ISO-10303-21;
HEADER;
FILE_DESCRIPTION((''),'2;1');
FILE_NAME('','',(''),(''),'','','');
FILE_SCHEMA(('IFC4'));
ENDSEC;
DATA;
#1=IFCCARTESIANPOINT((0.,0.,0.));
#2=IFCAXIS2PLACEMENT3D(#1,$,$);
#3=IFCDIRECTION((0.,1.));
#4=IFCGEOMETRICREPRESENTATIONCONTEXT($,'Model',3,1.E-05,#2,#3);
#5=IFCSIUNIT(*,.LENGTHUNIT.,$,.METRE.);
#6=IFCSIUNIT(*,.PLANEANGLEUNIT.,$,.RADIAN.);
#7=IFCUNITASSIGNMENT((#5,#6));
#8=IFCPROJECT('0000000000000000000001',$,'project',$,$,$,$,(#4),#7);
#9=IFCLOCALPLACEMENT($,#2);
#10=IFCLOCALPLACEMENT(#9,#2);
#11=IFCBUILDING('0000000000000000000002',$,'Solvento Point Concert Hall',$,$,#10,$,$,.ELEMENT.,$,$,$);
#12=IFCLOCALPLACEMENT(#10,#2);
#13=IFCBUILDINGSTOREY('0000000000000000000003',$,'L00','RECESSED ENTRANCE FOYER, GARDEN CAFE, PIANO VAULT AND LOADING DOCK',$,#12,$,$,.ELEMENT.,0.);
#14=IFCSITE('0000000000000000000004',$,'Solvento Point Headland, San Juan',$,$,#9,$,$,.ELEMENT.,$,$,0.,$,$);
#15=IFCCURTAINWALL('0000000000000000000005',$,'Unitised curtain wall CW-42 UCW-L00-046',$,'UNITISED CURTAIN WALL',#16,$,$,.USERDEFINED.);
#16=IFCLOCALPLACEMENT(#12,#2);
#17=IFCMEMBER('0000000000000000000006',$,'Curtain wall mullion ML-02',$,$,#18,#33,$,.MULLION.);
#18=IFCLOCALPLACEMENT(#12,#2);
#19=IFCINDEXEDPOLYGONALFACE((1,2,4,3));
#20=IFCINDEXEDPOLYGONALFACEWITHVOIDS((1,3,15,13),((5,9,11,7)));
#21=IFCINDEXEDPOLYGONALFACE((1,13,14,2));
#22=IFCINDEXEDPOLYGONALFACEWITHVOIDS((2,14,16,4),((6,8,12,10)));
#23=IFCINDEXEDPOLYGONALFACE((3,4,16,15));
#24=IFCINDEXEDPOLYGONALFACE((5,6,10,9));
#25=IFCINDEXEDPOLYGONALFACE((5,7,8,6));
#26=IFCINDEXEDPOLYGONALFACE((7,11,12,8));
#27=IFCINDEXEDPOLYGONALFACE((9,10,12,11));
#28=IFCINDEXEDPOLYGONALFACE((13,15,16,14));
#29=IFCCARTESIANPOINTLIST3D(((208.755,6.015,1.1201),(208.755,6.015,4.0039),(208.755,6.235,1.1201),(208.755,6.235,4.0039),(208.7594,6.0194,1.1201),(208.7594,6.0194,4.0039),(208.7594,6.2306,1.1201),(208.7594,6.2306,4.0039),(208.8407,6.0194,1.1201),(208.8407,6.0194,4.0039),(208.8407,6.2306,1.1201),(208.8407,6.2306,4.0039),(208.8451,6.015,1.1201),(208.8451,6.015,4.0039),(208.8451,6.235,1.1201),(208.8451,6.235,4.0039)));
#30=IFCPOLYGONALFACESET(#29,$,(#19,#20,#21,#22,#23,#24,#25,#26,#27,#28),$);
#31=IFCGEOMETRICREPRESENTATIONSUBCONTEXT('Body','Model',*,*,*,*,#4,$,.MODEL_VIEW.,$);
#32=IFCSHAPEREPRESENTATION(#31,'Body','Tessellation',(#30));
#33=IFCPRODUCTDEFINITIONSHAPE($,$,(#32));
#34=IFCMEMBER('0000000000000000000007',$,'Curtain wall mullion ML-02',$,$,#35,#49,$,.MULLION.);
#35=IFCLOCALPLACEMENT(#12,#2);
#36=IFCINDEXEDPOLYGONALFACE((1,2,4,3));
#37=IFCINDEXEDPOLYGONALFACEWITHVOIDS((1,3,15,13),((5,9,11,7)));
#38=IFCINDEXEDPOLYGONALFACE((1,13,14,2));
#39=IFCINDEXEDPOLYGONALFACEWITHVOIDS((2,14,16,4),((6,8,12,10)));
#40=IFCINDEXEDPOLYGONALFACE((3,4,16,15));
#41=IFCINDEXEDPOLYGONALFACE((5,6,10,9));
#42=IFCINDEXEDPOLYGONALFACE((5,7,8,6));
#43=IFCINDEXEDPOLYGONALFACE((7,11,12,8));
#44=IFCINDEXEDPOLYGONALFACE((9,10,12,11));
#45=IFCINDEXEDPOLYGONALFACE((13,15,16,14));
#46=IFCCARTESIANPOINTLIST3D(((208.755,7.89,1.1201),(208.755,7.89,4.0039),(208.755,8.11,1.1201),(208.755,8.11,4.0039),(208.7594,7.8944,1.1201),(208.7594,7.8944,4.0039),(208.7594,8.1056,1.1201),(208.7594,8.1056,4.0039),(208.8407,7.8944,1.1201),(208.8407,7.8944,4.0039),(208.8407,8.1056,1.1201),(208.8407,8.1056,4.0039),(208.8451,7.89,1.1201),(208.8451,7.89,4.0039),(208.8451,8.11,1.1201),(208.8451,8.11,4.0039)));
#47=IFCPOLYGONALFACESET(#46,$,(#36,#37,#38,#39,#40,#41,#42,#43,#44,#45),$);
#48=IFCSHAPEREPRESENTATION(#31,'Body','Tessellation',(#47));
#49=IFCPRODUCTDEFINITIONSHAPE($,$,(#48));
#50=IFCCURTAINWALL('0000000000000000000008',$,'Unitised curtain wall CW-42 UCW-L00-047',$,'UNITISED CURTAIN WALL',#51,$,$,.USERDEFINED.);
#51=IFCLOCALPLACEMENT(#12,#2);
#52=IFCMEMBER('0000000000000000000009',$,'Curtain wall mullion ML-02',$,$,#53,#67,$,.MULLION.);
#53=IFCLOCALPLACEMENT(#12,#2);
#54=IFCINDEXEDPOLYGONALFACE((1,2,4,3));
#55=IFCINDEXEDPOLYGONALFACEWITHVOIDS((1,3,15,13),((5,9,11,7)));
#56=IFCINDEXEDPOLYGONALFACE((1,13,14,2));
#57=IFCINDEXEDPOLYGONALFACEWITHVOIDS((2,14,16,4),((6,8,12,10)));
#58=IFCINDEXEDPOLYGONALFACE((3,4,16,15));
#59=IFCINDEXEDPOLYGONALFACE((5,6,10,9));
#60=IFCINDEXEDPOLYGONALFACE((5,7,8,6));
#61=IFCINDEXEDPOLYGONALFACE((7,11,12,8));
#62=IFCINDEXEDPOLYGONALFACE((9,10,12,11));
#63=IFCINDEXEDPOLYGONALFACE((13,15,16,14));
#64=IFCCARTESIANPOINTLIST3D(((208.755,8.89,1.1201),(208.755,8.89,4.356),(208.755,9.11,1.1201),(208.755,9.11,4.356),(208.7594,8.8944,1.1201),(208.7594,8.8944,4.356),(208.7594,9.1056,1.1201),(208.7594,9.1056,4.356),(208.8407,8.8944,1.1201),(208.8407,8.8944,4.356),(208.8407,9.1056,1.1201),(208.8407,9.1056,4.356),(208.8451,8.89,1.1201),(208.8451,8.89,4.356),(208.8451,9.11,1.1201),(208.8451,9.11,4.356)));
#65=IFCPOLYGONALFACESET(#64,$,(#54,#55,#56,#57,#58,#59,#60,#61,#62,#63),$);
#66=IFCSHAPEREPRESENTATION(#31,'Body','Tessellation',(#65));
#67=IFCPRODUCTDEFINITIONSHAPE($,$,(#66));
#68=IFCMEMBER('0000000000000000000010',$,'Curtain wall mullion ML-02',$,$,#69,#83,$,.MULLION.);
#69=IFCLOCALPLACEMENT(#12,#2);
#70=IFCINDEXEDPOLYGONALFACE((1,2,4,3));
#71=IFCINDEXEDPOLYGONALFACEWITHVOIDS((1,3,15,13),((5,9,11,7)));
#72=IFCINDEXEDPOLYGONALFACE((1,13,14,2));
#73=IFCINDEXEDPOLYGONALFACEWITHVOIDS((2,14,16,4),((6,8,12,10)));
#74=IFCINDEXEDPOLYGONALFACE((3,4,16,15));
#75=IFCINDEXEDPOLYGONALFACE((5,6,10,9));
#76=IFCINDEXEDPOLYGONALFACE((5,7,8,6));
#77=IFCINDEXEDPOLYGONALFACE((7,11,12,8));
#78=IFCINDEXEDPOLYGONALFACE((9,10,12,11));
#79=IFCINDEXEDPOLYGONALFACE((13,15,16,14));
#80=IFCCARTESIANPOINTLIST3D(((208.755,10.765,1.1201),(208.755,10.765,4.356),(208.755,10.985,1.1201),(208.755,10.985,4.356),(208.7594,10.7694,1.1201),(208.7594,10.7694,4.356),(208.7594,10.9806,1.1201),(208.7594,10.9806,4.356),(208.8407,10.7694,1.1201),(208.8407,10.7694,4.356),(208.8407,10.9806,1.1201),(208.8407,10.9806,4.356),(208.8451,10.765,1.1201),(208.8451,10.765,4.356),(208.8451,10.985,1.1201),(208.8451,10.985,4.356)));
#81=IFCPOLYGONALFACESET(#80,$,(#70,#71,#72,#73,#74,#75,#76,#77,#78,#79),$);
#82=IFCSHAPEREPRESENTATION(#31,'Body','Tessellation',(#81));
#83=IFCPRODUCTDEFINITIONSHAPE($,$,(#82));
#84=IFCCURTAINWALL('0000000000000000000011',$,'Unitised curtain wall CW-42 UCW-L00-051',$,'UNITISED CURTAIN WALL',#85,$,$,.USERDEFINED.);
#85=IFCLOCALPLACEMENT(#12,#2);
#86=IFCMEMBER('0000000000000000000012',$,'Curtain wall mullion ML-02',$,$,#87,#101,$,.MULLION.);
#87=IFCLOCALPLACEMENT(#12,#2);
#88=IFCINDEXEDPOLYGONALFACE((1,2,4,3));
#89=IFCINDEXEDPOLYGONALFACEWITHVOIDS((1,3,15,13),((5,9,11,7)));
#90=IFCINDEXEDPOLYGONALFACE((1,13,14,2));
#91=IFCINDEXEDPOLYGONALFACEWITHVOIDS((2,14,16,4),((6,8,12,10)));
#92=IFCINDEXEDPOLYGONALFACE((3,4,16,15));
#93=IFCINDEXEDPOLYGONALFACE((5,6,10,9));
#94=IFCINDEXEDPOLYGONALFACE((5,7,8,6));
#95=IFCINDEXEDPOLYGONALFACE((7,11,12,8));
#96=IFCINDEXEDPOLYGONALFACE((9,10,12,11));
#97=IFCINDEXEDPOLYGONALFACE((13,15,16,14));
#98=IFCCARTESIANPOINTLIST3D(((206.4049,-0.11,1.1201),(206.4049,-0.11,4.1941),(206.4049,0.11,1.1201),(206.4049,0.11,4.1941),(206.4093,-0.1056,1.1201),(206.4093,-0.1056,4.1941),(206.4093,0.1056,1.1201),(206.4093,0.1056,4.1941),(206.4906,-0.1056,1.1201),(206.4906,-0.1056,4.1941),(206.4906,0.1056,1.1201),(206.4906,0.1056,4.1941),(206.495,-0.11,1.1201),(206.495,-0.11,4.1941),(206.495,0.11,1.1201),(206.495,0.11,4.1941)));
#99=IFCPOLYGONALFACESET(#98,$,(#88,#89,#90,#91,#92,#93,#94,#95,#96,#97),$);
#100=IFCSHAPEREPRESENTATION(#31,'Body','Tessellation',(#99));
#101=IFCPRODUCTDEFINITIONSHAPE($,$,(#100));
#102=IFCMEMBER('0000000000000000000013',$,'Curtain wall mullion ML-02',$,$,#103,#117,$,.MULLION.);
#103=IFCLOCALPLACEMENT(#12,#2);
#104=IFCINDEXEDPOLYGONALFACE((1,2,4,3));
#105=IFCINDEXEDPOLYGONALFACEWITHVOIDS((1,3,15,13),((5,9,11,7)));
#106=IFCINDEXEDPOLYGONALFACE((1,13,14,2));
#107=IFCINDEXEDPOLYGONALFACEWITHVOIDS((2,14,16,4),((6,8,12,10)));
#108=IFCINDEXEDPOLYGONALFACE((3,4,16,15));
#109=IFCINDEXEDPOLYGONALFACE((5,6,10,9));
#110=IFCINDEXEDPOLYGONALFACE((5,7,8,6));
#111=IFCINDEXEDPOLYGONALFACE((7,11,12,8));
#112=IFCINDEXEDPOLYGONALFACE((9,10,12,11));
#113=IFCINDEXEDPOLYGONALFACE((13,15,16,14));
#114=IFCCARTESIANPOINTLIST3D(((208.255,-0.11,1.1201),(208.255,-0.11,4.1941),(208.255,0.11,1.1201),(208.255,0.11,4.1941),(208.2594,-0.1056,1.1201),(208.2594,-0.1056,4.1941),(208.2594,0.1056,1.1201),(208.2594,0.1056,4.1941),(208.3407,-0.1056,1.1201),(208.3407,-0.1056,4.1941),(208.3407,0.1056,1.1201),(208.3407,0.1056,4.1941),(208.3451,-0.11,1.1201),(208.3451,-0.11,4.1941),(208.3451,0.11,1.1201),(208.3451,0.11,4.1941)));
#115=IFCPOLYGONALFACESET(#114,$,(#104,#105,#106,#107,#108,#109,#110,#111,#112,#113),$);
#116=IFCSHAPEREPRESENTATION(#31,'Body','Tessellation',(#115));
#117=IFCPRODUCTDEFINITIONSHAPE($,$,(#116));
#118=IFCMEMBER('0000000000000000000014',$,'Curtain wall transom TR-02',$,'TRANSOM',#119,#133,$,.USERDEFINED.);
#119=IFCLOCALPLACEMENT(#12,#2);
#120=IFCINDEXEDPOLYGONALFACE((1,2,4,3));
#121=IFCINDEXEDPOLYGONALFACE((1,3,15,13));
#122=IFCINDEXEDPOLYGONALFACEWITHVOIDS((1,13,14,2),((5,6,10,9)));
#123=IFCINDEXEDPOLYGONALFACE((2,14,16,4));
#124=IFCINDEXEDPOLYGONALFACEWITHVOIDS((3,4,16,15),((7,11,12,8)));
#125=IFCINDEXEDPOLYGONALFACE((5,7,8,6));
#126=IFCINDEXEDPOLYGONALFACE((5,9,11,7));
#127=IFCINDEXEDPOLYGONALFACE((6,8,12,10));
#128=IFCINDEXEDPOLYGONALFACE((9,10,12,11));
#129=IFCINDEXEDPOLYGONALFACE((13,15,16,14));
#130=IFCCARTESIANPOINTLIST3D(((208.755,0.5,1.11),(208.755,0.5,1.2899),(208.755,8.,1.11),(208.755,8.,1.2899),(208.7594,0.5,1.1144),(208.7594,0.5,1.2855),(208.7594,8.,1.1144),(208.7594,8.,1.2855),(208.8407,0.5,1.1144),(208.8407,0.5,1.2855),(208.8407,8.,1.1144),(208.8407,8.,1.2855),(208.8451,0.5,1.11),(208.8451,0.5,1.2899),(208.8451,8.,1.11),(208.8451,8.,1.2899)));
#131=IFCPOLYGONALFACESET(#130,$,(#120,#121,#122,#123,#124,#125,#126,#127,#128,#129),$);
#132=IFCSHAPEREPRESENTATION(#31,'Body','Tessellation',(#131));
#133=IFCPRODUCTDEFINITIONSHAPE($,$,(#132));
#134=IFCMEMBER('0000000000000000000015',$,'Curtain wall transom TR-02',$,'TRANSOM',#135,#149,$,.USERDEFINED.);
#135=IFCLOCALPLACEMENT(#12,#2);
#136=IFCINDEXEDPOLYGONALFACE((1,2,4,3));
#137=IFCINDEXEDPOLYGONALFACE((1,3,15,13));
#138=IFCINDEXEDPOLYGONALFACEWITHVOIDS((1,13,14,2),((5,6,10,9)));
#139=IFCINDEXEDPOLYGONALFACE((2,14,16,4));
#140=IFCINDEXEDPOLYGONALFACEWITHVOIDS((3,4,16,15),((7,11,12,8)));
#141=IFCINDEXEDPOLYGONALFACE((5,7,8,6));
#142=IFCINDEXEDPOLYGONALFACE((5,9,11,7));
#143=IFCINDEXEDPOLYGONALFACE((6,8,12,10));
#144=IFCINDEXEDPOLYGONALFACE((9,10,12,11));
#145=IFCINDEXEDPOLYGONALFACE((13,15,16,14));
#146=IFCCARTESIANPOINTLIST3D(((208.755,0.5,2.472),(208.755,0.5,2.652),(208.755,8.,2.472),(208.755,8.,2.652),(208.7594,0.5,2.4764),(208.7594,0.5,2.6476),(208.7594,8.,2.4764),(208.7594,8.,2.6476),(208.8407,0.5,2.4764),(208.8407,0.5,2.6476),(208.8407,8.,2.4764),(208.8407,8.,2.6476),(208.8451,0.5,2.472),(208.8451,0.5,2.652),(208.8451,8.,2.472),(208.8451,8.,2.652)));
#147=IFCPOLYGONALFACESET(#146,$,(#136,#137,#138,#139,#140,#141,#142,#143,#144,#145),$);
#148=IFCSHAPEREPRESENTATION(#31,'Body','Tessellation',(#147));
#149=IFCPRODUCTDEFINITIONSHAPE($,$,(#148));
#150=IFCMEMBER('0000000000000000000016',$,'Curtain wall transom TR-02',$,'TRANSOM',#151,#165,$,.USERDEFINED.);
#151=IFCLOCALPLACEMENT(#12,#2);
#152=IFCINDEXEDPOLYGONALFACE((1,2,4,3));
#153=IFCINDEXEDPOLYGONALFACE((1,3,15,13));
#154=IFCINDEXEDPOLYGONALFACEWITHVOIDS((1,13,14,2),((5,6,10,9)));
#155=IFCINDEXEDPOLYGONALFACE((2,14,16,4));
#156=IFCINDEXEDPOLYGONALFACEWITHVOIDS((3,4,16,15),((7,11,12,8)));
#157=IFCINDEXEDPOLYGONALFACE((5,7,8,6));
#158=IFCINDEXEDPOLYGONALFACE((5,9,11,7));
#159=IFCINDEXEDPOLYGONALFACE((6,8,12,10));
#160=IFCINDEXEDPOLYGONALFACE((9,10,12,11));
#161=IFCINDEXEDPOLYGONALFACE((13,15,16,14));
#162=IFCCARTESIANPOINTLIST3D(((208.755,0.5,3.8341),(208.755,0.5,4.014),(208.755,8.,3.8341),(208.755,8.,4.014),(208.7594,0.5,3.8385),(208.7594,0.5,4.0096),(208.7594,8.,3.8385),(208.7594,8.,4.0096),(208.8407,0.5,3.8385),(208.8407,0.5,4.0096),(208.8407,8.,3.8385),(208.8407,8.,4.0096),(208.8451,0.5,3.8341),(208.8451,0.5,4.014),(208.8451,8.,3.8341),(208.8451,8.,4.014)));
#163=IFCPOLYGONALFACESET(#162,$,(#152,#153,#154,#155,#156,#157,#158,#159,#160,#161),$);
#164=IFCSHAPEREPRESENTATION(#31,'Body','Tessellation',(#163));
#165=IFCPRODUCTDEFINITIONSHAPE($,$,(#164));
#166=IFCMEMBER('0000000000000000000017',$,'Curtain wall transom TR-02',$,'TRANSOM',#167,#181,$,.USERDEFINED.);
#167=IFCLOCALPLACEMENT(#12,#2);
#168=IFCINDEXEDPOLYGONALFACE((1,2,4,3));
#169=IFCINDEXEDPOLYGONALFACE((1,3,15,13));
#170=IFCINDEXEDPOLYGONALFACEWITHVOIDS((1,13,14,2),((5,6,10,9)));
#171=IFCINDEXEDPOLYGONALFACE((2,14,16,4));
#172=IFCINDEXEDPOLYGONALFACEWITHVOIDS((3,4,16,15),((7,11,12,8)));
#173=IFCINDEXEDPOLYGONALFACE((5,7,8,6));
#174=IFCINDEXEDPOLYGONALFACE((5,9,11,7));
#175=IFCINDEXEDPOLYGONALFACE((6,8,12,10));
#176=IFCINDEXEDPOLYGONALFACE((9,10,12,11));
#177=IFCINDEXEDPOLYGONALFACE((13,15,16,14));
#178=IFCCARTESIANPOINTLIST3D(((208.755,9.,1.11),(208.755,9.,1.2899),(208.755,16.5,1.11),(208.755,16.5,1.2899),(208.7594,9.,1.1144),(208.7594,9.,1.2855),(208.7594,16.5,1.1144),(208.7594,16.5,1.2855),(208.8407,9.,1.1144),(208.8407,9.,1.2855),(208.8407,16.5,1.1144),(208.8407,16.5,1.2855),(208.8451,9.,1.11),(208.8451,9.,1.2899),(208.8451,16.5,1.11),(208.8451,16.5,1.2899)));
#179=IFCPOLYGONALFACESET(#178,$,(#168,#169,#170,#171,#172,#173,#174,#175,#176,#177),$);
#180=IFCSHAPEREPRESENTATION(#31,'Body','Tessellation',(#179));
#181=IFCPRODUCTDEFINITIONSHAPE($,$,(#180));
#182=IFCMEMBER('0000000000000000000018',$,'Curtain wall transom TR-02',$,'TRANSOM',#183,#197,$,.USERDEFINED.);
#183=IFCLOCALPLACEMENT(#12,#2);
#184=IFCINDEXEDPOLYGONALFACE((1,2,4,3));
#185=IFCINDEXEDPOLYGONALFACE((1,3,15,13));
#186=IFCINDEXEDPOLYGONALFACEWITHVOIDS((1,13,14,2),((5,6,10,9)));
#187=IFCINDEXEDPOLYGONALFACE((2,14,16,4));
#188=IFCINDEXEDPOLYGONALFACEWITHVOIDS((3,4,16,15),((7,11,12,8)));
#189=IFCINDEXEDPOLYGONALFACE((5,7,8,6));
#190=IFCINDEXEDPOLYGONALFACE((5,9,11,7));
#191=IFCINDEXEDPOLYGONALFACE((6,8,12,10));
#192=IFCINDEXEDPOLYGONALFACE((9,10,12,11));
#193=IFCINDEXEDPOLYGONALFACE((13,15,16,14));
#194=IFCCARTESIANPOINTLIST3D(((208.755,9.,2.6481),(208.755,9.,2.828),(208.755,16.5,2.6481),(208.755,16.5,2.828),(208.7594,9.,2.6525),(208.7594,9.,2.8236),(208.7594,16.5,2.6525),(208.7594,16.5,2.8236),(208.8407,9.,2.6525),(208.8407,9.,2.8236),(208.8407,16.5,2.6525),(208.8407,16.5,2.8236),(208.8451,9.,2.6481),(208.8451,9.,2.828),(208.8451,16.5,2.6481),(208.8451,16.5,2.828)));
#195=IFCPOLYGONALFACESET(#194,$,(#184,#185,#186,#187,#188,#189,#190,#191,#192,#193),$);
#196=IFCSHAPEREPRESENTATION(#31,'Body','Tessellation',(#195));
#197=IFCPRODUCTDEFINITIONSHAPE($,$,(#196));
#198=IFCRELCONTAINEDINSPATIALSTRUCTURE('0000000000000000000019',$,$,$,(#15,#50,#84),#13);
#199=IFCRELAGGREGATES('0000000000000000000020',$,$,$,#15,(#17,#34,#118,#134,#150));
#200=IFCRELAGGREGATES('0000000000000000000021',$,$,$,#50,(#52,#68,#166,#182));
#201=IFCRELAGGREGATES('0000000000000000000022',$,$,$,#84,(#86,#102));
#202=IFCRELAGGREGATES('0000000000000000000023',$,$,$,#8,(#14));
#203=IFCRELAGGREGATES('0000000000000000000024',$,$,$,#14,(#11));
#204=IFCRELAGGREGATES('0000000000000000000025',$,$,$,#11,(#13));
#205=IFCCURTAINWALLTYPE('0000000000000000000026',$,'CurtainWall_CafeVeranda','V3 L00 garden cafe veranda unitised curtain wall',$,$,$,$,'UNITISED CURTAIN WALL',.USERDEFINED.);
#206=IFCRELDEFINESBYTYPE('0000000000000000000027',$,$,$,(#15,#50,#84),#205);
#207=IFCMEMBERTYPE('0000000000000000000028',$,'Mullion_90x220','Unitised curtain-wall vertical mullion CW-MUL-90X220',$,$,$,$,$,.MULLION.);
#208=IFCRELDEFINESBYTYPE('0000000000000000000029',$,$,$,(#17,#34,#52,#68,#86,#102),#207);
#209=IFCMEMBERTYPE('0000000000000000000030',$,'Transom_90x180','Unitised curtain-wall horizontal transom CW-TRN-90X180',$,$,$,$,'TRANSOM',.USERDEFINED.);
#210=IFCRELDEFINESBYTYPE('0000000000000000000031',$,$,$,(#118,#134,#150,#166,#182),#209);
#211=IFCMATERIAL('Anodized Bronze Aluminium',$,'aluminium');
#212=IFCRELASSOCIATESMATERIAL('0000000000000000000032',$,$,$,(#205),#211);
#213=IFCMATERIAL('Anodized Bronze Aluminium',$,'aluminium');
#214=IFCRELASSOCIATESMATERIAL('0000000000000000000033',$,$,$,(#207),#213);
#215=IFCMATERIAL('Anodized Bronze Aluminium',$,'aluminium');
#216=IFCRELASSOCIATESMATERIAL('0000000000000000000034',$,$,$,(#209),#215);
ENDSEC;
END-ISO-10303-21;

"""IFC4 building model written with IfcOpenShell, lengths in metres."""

from ifc_helpers import new_model, si_unit, direction, frame, origin, origin_2d, place, context, subcontext, project, spatial, hollow_rectangle, extrude, material, material_profile, profile_set, type_object, element, aggregate, save


model = new_model("IFC4")

# Units and contexts
model_context = context("Model", 3, precision=1e-05, world=origin(), true_north=direction((0.0, 1.0)))
body_context = subcontext(model_context, "Body", "Model", "MODEL_VIEW")
ifc_project = project(units=[si_unit("LENGTHUNIT", "METRE"), si_unit("PLANEANGLEUNIT", "RADIAN")], contexts=[model_context])

# Site, building, storey
site_placement = place(None, origin())
site = spatial("IfcSite", under=ifc_project, at=site_placement, Name="Solvento Point Headland, San Juan", CompositionType="ELEMENT", RefElevation=0.0)
building_placement = place(site_placement, origin())
building = spatial("IfcBuilding", under=site, at=building_placement, Name="Solvento Point Concert Hall", CompositionType="ELEMENT")
storey_placement = place(building_placement, origin())
storey = spatial("IfcBuildingStorey", under=building, at=storey_placement, Name="L00", Description="RECESSED ENTRANCE FOYER, GARDEN CAFE, PIANO VAULT AND LOADING DOCK", CompositionType="ELEMENT", Elevation=0.0)

# Curtain walls, members
ifc_material_1 = material(Name="Anodized Bronze Aluminium", Category="aluminium")
curtain_wall_type = type_object("IfcCurtainWallType", Name="CurtainWall_CafeVeranda", Description="V3 L00 garden cafe veranda unitised curtain wall", ElementType="UNITISED CURTAIN WALL", PredefinedType="USERDEFINED", material=ifc_material_1)
curtain_wall_1_placement = place(storey_placement, origin())
curtain_wall_1 = element("IfcCurtainWall", 1, at=curtain_wall_1_placement, inside=storey, type_object=curtain_wall_type, Name="Unitised curtain wall CW-42 UCW-L00-046", ObjectType="UNITISED CURTAIN WALL", PredefinedType="USERDEFINED")
ifc_material_2 = material(Name="Anodized Bronze Aluminium", Category="aluminium")
ifc_material_profile_1 = material_profile(ifc_material_2, hollow_rectangle(XDim=0.0901, YDim=0.22, WallThickness=0.0044, at=origin_2d()), Name="CW-MUL-90X220")
ifc_profile_set_1 = profile_set([ifc_material_profile_1], Name="Anodized Bronze Aluminium")
member_type_1 = type_object("IfcMemberType", Name="Mullion_90x220", Description="Unitised curtain-wall vertical mullion CW-MUL-90X220", PredefinedType="MULLION", material=ifc_profile_set_1)
member_1_placement = place(storey_placement, frame((208.8, 6.125, 1.1201), z_axis=(0.0, 0.0, 1.0), x_axis=(1.0, 0.0, 0.0)))
member_1 = element("IfcMember", 2, at=member_1_placement, type_object=member_type_1, Name="Curtain wall mullion ML-02", PredefinedType="MULLION", context=body_context, shape_type="SweptSolid", body=[
    extrude(hollow_rectangle(XDim=0.0901, YDim=0.22, WallThickness=0.0044, at=origin_2d()), origin(), (0.0, 0.0, 1.0), 2.8838),
])
member_2_placement = place(storey_placement, frame((208.8, 8.0, 1.1201), z_axis=(0.0, 0.0, 1.0), x_axis=(1.0, 0.0, 0.0)))
member_2 = element("IfcMember", 3, at=member_2_placement, type_object=member_type_1, Name="Curtain wall mullion ML-02", PredefinedType="MULLION", context=body_context, shape_type="SweptSolid", body=[
    extrude(hollow_rectangle(XDim=0.0901, YDim=0.22, WallThickness=0.0044, at=origin_2d()), origin(), (0.0, 0.0, 1.0), 2.8838),
])
curtain_wall_2_placement = place(storey_placement, origin())
curtain_wall_2 = element("IfcCurtainWall", 4, at=curtain_wall_2_placement, inside=storey, type_object=curtain_wall_type, Name="Unitised curtain wall CW-42 UCW-L00-047", ObjectType="UNITISED CURTAIN WALL", PredefinedType="USERDEFINED")
member_3_placement = place(storey_placement, frame((208.8, 9.0, 1.1201), z_axis=(0.0, 0.0, 1.0), x_axis=(1.0, 0.0, 0.0)))
member_3 = element("IfcMember", 5, at=member_3_placement, type_object=member_type_1, Name="Curtain wall mullion ML-02", PredefinedType="MULLION", context=body_context, shape_type="SweptSolid", body=[
    extrude(hollow_rectangle(XDim=0.0901, YDim=0.22, WallThickness=0.0044, at=origin_2d()), origin(), (0.0, 0.0, 1.0), 3.2358),
])
member_4_placement = place(storey_placement, frame((208.8, 10.875, 1.1201), z_axis=(0.0, 0.0, 1.0), x_axis=(1.0, 0.0, 0.0)))
member_4 = element("IfcMember", 6, at=member_4_placement, type_object=member_type_1, Name="Curtain wall mullion ML-02", PredefinedType="MULLION", context=body_context, shape_type="SweptSolid", body=[
    extrude(hollow_rectangle(XDim=0.0901, YDim=0.22, WallThickness=0.0044, at=origin_2d()), origin(), (0.0, 0.0, 1.0), 3.2358),
])
curtain_wall_3_placement = place(storey_placement, origin())
curtain_wall_3 = element("IfcCurtainWall", 7, at=curtain_wall_3_placement, inside=storey, type_object=curtain_wall_type, Name="Unitised curtain wall CW-42 UCW-L00-051", ObjectType="UNITISED CURTAIN WALL", PredefinedType="USERDEFINED")
member_5_placement = place(storey_placement, frame((206.45, 0.0, 1.1201), z_axis=(0.0, 0.0, 1.0), x_axis=(1.0, 0.0, 0.0)))
member_5 = element("IfcMember", 8, at=member_5_placement, type_object=member_type_1, Name="Curtain wall mullion ML-02", PredefinedType="MULLION", context=body_context, shape_type="SweptSolid", body=[
    extrude(hollow_rectangle(XDim=0.0901, YDim=0.22, WallThickness=0.0044, at=origin_2d()), origin(), (0.0, 0.0, 1.0), 3.074),
])
member_6_placement = place(storey_placement, frame((208.3, 0.0, 1.1201), z_axis=(0.0, 0.0, 1.0), x_axis=(1.0, 0.0, 0.0)))
member_6 = element("IfcMember", 9, at=member_6_placement, type_object=member_type_1, Name="Curtain wall mullion ML-02", PredefinedType="MULLION", context=body_context, shape_type="SweptSolid", body=[
    extrude(hollow_rectangle(XDim=0.0901, YDim=0.22, WallThickness=0.0044, at=origin_2d()), origin(), (0.0, 0.0, 1.0), 3.074),
])

# Members
ifc_material_3 = material(Name="Anodized Bronze Aluminium", Category="aluminium")
ifc_material_profile_2 = material_profile(ifc_material_3, hollow_rectangle(XDim=0.0901, YDim=0.1799, WallThickness=0.0044, at=origin_2d()), Name="CW-TRN-90X180")
ifc_profile_set_2 = profile_set([ifc_material_profile_2], Name="Anodized Bronze Aluminium")
member_type_2 = type_object("IfcMemberType", Name="Transom_90x180", Description="Unitised curtain-wall horizontal transom CW-TRN-90X180", ElementType="TRANSOM", PredefinedType="USERDEFINED", material=ifc_profile_set_2)
member_7_placement = place(storey_placement, frame((208.8, 0.5, 1.2), z_axis=(0.0, 1.0, 0.0), x_axis=(-1.0, 0.0, 0.0)))
member_7 = element("IfcMember", 10, at=member_7_placement, type_object=member_type_2, Name="Curtain wall transom TR-02", ObjectType="TRANSOM", PredefinedType="USERDEFINED", context=body_context, shape_type="SweptSolid", body=[
    extrude(hollow_rectangle(XDim=0.0901, YDim=0.1799, WallThickness=0.0044, at=origin_2d()), origin(), (0.0, 0.0, 1.0), 7.5),
])
member_8_placement = place(storey_placement, frame((208.8, 0.5, 2.562), z_axis=(0.0, 1.0, 0.0), x_axis=(-1.0, 0.0, 0.0)))
member_8 = element("IfcMember", 11, at=member_8_placement, type_object=member_type_2, Name="Curtain wall transom TR-02", ObjectType="TRANSOM", PredefinedType="USERDEFINED", context=body_context, shape_type="SweptSolid", body=[
    extrude(hollow_rectangle(XDim=0.0901, YDim=0.1799, WallThickness=0.0044, at=origin_2d()), origin(), (0.0, 0.0, 1.0), 7.5),
])
member_9_placement = place(storey_placement, frame((208.8, 0.5, 3.9241), z_axis=(0.0, 1.0, 0.0), x_axis=(-1.0, 0.0, 0.0)))
member_9 = element("IfcMember", 12, at=member_9_placement, type_object=member_type_2, Name="Curtain wall transom TR-02", ObjectType="TRANSOM", PredefinedType="USERDEFINED", context=body_context, shape_type="SweptSolid", body=[
    extrude(hollow_rectangle(XDim=0.0901, YDim=0.1799, WallThickness=0.0044, at=origin_2d()), origin(), (0.0, 0.0, 1.0), 7.5),
])
member_10_placement = place(storey_placement, frame((208.8, 9.0, 1.2), z_axis=(0.0, 1.0, 0.0), x_axis=(-1.0, 0.0, 0.0)))
member_10 = element("IfcMember", 13, at=member_10_placement, type_object=member_type_2, Name="Curtain wall transom TR-02", ObjectType="TRANSOM", PredefinedType="USERDEFINED", context=body_context, shape_type="SweptSolid", body=[
    extrude(hollow_rectangle(XDim=0.0901, YDim=0.1799, WallThickness=0.0044, at=origin_2d()), origin(), (0.0, 0.0, 1.0), 7.5),
])
member_11_placement = place(storey_placement, frame((208.8, 9.0, 2.738), z_axis=(0.0, 1.0, 0.0), x_axis=(-1.0, 0.0, 0.0)))
member_11 = element("IfcMember", 14, at=member_11_placement, type_object=member_type_2, Name="Curtain wall transom TR-02", ObjectType="TRANSOM", PredefinedType="USERDEFINED", context=body_context, shape_type="SweptSolid", body=[
    extrude(hollow_rectangle(XDim=0.0901, YDim=0.1799, WallThickness=0.0044, at=origin_2d()), origin(), (0.0, 0.0, 1.0), 7.5),
])

aggregate(curtain_wall_1, [member_1, member_2, member_7, member_8, member_9])
aggregate(curtain_wall_2, [member_3, member_4, member_10, member_11])
aggregate(curtain_wall_3, [member_5, member_6])

save(model, "model.ifc")
